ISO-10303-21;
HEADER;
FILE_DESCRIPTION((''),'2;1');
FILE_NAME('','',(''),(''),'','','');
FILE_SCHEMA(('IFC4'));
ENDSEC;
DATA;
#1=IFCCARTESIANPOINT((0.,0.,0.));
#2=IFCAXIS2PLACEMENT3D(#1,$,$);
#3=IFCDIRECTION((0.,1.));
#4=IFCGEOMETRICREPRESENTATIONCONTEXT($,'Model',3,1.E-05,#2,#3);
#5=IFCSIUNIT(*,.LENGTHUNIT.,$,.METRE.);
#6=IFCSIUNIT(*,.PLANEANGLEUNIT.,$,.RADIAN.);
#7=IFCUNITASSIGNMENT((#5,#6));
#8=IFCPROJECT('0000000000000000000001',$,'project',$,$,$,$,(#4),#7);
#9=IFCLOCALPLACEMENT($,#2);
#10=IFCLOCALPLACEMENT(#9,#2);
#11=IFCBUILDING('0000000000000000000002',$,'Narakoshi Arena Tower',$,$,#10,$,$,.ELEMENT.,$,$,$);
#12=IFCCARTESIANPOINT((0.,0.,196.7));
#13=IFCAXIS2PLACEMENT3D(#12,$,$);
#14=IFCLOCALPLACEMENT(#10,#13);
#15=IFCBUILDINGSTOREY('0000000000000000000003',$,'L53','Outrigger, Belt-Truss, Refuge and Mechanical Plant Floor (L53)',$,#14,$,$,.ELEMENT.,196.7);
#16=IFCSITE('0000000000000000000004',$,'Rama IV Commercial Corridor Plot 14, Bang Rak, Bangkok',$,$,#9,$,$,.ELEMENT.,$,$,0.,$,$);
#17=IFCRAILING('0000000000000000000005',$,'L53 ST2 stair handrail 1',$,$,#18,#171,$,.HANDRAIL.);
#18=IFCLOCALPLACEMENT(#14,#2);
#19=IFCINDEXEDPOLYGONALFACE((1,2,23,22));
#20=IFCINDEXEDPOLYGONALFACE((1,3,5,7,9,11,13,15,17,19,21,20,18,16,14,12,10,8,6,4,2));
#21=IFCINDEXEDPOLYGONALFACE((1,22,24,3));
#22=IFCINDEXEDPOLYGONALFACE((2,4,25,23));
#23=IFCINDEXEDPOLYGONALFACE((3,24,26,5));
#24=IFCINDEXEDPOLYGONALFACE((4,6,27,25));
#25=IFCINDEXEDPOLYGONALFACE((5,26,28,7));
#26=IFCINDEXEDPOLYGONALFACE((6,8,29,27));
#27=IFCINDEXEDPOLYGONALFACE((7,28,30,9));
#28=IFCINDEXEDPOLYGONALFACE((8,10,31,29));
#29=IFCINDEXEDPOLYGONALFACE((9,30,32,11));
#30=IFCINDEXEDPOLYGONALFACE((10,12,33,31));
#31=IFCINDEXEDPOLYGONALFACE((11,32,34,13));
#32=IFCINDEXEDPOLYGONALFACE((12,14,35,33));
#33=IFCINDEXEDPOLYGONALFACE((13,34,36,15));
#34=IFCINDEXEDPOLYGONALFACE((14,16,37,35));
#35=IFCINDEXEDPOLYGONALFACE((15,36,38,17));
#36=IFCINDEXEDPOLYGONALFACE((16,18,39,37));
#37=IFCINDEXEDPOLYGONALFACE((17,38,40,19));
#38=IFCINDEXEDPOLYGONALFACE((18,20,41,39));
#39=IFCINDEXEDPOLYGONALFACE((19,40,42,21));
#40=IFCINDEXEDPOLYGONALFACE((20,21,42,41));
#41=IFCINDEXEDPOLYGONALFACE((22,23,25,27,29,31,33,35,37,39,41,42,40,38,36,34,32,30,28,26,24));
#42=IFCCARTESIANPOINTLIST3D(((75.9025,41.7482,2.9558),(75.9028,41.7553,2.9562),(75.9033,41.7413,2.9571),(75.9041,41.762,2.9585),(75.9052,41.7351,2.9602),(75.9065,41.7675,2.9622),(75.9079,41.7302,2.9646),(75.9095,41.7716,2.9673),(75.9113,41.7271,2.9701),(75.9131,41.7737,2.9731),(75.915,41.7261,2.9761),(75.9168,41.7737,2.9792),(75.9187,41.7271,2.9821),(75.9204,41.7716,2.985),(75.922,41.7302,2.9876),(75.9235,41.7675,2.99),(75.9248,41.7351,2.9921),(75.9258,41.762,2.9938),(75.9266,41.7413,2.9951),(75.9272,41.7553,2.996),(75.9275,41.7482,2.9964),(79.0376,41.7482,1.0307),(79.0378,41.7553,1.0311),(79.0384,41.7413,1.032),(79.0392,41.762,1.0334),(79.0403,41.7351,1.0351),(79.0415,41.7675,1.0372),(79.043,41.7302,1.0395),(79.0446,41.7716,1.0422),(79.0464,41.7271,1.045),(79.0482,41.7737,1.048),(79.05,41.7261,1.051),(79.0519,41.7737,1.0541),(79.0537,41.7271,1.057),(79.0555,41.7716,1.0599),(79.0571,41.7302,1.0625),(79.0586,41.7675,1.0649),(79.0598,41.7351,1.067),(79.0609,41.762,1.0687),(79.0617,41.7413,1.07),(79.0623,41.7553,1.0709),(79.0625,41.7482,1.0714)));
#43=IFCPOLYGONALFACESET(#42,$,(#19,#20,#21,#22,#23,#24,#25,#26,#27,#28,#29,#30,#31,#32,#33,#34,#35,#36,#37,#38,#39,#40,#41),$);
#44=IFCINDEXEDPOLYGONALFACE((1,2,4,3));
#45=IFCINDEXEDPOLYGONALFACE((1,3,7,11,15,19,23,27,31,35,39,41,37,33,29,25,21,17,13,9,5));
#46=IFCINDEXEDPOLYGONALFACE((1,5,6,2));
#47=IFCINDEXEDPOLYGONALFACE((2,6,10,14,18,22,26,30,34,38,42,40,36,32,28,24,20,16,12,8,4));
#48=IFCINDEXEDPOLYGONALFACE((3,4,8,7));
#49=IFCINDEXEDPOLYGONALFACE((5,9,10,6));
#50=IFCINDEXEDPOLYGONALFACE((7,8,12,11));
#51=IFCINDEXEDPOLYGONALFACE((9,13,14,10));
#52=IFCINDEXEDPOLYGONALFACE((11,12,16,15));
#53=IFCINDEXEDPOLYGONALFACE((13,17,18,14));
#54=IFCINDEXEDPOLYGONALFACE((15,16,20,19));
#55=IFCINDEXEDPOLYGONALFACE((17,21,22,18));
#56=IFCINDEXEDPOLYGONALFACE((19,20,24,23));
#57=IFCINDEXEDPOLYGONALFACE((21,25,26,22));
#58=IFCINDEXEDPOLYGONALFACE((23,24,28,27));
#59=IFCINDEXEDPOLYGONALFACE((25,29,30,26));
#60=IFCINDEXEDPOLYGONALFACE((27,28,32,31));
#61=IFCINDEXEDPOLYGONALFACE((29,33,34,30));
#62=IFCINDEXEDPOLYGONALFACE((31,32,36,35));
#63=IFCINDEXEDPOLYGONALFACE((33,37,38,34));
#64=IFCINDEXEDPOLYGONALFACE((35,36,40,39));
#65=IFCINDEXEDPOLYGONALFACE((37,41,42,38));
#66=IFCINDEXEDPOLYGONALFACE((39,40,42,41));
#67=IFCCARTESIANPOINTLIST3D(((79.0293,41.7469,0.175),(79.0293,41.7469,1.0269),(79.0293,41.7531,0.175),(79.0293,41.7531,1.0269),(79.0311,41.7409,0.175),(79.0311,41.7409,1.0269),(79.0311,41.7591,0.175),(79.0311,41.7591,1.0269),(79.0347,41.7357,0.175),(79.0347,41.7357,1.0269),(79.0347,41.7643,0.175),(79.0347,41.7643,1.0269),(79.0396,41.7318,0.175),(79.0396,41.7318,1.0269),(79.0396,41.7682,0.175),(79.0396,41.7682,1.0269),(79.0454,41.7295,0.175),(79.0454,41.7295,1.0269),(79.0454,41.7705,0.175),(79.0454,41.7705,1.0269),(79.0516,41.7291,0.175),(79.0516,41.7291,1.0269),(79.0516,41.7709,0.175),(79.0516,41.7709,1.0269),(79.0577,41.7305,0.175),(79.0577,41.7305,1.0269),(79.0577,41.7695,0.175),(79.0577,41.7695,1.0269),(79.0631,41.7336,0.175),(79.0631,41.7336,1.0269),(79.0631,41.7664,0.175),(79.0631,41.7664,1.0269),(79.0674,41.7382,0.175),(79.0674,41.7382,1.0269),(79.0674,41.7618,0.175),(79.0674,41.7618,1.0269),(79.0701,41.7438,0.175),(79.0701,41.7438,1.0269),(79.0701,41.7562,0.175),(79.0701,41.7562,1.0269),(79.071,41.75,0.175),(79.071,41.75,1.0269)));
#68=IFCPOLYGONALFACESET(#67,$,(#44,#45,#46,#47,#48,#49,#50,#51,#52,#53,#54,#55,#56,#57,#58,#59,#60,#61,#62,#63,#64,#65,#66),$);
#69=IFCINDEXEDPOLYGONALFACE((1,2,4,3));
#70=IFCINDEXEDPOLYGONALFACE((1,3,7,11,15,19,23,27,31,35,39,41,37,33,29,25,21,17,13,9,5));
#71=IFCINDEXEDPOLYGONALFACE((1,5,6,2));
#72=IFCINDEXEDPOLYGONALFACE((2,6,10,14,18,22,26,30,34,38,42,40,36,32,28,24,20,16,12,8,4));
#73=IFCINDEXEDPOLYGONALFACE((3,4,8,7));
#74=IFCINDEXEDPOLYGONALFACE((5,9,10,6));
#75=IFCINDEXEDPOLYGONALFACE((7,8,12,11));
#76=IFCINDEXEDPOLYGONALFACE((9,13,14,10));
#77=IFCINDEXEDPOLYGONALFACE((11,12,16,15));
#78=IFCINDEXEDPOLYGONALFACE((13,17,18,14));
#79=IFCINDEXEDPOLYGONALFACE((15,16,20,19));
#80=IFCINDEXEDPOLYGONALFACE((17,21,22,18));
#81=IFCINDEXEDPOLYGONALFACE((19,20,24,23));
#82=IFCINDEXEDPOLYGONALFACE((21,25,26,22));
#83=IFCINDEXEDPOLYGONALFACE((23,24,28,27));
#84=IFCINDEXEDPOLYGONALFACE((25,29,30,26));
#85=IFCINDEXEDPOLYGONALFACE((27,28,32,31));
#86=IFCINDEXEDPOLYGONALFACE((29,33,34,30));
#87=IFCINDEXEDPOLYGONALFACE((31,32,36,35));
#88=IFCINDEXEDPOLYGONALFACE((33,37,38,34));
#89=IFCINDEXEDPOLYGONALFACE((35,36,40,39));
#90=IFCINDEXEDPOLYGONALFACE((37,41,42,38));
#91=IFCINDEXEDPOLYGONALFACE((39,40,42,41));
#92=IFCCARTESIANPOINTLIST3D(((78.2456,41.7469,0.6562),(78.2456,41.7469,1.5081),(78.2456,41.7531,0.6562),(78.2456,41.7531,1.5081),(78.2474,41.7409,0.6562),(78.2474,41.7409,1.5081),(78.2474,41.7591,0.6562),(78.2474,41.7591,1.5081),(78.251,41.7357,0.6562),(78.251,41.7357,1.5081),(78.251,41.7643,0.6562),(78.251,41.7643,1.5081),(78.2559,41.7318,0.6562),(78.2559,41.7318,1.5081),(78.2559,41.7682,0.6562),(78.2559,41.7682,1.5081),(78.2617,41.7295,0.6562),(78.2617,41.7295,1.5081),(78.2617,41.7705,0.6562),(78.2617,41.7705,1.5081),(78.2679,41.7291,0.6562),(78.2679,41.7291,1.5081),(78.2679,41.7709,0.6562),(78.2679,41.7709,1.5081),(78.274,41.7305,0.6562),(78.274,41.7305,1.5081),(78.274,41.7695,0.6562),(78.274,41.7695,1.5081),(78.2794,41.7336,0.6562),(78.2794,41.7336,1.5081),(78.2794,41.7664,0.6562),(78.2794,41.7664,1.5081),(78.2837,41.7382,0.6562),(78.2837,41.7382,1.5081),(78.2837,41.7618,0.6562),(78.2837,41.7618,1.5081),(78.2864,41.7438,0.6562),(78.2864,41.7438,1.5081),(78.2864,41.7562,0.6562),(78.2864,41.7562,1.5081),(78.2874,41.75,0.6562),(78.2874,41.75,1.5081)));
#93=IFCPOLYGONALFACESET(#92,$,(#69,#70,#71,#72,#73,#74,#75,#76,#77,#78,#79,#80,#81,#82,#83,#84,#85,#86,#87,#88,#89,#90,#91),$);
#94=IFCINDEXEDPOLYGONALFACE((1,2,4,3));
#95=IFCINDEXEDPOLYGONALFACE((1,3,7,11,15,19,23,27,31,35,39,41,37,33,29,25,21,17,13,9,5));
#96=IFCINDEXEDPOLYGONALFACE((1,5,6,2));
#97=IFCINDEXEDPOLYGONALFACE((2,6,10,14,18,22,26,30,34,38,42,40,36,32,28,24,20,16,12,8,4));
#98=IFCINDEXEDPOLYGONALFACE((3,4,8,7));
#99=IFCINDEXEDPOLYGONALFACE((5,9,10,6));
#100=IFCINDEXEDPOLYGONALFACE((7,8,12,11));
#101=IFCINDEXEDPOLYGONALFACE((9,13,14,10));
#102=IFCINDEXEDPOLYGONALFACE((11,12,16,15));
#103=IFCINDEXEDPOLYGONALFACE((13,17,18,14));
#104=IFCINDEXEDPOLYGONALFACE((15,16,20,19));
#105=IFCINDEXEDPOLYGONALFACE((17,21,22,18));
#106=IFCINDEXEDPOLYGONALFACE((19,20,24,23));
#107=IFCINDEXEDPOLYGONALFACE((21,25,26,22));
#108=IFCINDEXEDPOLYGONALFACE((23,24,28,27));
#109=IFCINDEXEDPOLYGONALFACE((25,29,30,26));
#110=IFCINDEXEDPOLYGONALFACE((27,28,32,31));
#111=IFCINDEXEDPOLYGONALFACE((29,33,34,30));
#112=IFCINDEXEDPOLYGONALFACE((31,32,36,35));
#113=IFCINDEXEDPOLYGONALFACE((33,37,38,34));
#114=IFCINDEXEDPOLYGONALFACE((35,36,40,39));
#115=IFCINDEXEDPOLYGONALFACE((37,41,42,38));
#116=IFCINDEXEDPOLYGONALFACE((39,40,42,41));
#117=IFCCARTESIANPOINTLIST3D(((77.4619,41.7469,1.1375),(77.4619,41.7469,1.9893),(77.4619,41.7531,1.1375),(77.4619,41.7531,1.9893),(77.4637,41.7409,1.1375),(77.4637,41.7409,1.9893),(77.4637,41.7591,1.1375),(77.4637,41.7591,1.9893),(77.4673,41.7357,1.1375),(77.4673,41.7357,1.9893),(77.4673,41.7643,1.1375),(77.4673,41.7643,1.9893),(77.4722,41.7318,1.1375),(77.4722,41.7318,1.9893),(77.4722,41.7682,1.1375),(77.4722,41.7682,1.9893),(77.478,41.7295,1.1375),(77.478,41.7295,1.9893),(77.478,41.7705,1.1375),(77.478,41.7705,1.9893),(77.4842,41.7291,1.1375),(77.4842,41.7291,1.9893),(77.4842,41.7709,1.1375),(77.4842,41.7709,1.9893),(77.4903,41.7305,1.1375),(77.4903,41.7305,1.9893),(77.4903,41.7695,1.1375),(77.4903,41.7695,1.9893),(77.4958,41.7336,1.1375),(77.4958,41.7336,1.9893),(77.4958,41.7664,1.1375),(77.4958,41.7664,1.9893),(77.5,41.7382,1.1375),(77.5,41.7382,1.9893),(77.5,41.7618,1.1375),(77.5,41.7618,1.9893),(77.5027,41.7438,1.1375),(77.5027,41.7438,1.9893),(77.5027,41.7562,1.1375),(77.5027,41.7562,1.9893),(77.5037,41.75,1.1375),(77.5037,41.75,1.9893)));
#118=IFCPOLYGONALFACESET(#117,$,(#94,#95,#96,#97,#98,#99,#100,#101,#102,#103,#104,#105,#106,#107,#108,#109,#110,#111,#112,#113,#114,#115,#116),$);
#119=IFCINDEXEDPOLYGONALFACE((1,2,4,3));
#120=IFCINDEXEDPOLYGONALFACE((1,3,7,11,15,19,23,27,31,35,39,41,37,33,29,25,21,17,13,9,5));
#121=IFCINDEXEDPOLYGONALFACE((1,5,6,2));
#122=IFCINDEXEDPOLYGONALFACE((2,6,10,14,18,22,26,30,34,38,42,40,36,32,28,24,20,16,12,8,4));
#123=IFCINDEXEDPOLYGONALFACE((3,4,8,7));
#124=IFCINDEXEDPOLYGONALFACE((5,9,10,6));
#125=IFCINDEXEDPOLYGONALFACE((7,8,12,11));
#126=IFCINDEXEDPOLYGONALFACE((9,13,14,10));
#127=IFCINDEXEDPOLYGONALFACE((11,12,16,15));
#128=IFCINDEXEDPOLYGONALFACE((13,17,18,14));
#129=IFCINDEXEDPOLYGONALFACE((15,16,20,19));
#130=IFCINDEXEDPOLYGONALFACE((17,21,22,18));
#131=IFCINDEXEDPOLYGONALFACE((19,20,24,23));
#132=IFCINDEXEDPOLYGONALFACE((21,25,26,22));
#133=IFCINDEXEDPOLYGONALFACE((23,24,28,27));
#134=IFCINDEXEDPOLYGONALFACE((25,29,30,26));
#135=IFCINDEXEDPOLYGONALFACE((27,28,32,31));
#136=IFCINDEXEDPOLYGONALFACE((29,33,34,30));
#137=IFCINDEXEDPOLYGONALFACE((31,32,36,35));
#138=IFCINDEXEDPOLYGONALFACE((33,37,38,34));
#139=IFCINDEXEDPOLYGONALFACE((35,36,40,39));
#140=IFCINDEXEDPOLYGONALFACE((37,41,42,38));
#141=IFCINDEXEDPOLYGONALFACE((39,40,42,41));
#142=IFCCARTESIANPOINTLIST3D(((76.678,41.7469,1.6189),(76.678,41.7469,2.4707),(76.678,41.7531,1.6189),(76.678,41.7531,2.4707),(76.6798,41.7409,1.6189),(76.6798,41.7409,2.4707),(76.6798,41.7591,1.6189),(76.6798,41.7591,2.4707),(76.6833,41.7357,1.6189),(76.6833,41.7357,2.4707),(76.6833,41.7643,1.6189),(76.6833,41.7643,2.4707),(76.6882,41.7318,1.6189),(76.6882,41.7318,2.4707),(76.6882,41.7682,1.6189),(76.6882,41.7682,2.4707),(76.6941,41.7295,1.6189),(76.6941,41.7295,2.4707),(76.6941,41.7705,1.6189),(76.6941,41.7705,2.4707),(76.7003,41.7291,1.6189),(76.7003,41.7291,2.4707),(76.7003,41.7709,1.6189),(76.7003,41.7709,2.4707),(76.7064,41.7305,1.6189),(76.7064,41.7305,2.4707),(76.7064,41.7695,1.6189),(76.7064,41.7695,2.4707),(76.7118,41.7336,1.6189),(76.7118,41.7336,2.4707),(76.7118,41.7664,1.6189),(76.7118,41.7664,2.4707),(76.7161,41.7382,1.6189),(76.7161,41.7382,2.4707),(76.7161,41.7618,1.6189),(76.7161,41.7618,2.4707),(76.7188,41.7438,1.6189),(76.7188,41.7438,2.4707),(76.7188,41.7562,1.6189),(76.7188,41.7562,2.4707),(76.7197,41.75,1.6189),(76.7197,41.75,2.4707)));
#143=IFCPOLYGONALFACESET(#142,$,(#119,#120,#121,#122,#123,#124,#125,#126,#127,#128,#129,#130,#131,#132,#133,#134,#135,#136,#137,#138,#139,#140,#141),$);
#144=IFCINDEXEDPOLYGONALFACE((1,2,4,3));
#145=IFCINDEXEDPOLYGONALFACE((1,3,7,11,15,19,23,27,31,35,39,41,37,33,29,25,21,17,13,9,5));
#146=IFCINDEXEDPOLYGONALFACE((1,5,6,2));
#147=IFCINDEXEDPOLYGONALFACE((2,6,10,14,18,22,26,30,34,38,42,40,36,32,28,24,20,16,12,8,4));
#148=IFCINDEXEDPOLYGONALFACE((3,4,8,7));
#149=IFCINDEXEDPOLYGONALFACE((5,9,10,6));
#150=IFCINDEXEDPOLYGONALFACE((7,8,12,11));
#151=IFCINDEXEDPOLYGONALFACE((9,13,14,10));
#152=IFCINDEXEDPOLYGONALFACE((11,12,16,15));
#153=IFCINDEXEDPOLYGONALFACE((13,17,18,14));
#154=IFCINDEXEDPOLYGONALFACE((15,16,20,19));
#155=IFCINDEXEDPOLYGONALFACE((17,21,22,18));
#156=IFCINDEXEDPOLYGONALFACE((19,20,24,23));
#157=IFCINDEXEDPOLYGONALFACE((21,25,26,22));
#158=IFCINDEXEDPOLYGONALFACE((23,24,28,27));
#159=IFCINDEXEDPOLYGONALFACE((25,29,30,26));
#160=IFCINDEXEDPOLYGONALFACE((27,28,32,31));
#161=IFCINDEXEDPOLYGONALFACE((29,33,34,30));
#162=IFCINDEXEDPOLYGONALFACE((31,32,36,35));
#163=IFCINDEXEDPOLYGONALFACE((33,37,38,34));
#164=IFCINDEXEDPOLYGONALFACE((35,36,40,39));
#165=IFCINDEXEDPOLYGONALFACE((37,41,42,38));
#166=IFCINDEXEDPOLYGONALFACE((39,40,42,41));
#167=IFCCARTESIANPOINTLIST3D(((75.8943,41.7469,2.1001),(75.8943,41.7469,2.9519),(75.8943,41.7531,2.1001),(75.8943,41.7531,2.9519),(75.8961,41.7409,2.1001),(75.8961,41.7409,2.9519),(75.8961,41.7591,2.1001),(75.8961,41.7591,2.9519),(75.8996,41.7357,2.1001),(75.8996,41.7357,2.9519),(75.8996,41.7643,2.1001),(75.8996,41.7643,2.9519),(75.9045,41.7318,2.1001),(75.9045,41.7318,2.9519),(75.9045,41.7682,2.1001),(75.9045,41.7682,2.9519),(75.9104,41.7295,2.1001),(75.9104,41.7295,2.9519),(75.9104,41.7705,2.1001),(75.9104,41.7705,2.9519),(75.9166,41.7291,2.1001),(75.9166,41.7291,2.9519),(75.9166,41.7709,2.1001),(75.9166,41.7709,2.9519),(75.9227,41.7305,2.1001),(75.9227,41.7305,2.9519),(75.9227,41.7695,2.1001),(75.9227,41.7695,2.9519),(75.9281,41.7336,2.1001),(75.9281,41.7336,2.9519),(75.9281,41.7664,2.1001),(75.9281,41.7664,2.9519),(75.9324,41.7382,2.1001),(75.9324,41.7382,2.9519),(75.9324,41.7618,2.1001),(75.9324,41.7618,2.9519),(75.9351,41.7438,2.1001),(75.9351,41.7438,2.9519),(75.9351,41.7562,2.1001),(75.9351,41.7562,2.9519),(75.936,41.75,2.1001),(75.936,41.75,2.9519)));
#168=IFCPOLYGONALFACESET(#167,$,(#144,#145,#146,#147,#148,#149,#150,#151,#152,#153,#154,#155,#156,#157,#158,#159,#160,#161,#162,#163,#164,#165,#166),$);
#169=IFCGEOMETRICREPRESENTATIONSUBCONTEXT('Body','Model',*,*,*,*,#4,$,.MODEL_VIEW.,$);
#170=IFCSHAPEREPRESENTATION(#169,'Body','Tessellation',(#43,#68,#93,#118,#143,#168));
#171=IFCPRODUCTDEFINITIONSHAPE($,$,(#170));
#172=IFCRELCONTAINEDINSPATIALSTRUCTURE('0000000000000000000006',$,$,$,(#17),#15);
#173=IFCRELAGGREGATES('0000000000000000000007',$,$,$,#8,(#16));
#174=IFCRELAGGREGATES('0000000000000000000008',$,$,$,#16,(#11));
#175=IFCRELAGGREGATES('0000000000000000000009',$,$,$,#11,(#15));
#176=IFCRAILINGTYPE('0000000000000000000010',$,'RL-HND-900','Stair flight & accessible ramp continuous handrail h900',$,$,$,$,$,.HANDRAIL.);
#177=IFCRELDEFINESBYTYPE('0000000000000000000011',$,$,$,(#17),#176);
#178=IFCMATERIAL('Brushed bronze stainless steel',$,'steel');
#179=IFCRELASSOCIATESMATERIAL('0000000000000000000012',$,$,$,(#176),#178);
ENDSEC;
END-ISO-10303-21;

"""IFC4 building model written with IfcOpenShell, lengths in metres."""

from ifc_helpers import new_model, si_unit, direction, frame, origin, origin_2d, place, context, subcontext, project, spatial, circle, extrude, material, type_object, element, save


model = new_model("IFC4")

# Units and contexts
model_context = context("Model", 3, precision=1e-05, world=origin(), true_north=direction((0.0, 1.0)))
body_context = subcontext(model_context, "Body", "Model", "MODEL_VIEW")
ifc_project = project(units=[si_unit("LENGTHUNIT", "METRE"), si_unit("PLANEANGLEUNIT", "RADIAN")], contexts=[model_context])

# Site, building, storey
site_placement = place(None, origin())
site = spatial("IfcSite", under=ifc_project, at=site_placement, Name="Rama IV Commercial Corridor Plot 14, Bang Rak, Bangkok", CompositionType="ELEMENT", RefElevation=0.0)
building_placement = place(site_placement, origin())
building = spatial("IfcBuilding", under=site, at=building_placement, Name="Narakoshi Arena Tower", CompositionType="ELEMENT")
storey_placement = place(building_placement, frame((0.0, 0.0, 196.7)))
storey = spatial("IfcBuildingStorey", under=building, at=storey_placement, Name="L53", Description="Outrigger, Belt-Truss, Refuge and Mechanical Plant Floor (L53)", CompositionType="ELEMENT", Elevation=196.7)

# Railing
ifc_material_1 = material(Name="Brushed bronze stainless steel", Category="steel")
railing_type_1 = type_object("IfcRailingType", Name="RL-HND-900", Description="Stair flight & accessible ramp continuous handrail h900", PredefinedType="HANDRAIL", material=ifc_material_1)
railing_1_placement = place(storey_placement, frame((79.05, 41.75, 0.175)))
element("IfcRailing", 1, at=railing_1_placement, inside=storey, type_object=railing_type_1, Name="L53 ST2 stair handrail 1", PredefinedType="HANDRAIL", context=body_context, shape_type="SweptSolid", body=[
    extrude(circle(Radius=0.0239, at=origin_2d()), frame((0.0, 0.0, 0.876), z_axis=(-0.852166, 0.0, 0.523271), x_axis=(0.0, -1.0, 0.0)), (0.0, 0.0, 1.0), 3.679),
    extrude(circle(Radius=0.021, at=origin_2d()), origin(), (0.0, 0.0, 1.0), 0.8518),
    extrude(circle(Radius=0.021, at=origin_2d()), frame((-0.7837, 0.0, 0.4812)), (0.0, 0.0, 1.0), 0.8518),
    extrude(circle(Radius=0.021, at=origin_2d()), frame((-1.5674, 0.0, 0.9624)), (0.0, 0.0, 1.0), 0.8518),
    extrude(circle(Radius=0.021, at=origin_2d()), frame((-2.3513, 0.0, 1.4438)), (0.0, 0.0, 1.0), 0.8518),
    extrude(circle(Radius=0.021, at=origin_2d()), frame((-3.135, 0.0, 1.925)), (0.0, 0.0, 1.0), 0.8518),
])

save(model, "model.ifc")
